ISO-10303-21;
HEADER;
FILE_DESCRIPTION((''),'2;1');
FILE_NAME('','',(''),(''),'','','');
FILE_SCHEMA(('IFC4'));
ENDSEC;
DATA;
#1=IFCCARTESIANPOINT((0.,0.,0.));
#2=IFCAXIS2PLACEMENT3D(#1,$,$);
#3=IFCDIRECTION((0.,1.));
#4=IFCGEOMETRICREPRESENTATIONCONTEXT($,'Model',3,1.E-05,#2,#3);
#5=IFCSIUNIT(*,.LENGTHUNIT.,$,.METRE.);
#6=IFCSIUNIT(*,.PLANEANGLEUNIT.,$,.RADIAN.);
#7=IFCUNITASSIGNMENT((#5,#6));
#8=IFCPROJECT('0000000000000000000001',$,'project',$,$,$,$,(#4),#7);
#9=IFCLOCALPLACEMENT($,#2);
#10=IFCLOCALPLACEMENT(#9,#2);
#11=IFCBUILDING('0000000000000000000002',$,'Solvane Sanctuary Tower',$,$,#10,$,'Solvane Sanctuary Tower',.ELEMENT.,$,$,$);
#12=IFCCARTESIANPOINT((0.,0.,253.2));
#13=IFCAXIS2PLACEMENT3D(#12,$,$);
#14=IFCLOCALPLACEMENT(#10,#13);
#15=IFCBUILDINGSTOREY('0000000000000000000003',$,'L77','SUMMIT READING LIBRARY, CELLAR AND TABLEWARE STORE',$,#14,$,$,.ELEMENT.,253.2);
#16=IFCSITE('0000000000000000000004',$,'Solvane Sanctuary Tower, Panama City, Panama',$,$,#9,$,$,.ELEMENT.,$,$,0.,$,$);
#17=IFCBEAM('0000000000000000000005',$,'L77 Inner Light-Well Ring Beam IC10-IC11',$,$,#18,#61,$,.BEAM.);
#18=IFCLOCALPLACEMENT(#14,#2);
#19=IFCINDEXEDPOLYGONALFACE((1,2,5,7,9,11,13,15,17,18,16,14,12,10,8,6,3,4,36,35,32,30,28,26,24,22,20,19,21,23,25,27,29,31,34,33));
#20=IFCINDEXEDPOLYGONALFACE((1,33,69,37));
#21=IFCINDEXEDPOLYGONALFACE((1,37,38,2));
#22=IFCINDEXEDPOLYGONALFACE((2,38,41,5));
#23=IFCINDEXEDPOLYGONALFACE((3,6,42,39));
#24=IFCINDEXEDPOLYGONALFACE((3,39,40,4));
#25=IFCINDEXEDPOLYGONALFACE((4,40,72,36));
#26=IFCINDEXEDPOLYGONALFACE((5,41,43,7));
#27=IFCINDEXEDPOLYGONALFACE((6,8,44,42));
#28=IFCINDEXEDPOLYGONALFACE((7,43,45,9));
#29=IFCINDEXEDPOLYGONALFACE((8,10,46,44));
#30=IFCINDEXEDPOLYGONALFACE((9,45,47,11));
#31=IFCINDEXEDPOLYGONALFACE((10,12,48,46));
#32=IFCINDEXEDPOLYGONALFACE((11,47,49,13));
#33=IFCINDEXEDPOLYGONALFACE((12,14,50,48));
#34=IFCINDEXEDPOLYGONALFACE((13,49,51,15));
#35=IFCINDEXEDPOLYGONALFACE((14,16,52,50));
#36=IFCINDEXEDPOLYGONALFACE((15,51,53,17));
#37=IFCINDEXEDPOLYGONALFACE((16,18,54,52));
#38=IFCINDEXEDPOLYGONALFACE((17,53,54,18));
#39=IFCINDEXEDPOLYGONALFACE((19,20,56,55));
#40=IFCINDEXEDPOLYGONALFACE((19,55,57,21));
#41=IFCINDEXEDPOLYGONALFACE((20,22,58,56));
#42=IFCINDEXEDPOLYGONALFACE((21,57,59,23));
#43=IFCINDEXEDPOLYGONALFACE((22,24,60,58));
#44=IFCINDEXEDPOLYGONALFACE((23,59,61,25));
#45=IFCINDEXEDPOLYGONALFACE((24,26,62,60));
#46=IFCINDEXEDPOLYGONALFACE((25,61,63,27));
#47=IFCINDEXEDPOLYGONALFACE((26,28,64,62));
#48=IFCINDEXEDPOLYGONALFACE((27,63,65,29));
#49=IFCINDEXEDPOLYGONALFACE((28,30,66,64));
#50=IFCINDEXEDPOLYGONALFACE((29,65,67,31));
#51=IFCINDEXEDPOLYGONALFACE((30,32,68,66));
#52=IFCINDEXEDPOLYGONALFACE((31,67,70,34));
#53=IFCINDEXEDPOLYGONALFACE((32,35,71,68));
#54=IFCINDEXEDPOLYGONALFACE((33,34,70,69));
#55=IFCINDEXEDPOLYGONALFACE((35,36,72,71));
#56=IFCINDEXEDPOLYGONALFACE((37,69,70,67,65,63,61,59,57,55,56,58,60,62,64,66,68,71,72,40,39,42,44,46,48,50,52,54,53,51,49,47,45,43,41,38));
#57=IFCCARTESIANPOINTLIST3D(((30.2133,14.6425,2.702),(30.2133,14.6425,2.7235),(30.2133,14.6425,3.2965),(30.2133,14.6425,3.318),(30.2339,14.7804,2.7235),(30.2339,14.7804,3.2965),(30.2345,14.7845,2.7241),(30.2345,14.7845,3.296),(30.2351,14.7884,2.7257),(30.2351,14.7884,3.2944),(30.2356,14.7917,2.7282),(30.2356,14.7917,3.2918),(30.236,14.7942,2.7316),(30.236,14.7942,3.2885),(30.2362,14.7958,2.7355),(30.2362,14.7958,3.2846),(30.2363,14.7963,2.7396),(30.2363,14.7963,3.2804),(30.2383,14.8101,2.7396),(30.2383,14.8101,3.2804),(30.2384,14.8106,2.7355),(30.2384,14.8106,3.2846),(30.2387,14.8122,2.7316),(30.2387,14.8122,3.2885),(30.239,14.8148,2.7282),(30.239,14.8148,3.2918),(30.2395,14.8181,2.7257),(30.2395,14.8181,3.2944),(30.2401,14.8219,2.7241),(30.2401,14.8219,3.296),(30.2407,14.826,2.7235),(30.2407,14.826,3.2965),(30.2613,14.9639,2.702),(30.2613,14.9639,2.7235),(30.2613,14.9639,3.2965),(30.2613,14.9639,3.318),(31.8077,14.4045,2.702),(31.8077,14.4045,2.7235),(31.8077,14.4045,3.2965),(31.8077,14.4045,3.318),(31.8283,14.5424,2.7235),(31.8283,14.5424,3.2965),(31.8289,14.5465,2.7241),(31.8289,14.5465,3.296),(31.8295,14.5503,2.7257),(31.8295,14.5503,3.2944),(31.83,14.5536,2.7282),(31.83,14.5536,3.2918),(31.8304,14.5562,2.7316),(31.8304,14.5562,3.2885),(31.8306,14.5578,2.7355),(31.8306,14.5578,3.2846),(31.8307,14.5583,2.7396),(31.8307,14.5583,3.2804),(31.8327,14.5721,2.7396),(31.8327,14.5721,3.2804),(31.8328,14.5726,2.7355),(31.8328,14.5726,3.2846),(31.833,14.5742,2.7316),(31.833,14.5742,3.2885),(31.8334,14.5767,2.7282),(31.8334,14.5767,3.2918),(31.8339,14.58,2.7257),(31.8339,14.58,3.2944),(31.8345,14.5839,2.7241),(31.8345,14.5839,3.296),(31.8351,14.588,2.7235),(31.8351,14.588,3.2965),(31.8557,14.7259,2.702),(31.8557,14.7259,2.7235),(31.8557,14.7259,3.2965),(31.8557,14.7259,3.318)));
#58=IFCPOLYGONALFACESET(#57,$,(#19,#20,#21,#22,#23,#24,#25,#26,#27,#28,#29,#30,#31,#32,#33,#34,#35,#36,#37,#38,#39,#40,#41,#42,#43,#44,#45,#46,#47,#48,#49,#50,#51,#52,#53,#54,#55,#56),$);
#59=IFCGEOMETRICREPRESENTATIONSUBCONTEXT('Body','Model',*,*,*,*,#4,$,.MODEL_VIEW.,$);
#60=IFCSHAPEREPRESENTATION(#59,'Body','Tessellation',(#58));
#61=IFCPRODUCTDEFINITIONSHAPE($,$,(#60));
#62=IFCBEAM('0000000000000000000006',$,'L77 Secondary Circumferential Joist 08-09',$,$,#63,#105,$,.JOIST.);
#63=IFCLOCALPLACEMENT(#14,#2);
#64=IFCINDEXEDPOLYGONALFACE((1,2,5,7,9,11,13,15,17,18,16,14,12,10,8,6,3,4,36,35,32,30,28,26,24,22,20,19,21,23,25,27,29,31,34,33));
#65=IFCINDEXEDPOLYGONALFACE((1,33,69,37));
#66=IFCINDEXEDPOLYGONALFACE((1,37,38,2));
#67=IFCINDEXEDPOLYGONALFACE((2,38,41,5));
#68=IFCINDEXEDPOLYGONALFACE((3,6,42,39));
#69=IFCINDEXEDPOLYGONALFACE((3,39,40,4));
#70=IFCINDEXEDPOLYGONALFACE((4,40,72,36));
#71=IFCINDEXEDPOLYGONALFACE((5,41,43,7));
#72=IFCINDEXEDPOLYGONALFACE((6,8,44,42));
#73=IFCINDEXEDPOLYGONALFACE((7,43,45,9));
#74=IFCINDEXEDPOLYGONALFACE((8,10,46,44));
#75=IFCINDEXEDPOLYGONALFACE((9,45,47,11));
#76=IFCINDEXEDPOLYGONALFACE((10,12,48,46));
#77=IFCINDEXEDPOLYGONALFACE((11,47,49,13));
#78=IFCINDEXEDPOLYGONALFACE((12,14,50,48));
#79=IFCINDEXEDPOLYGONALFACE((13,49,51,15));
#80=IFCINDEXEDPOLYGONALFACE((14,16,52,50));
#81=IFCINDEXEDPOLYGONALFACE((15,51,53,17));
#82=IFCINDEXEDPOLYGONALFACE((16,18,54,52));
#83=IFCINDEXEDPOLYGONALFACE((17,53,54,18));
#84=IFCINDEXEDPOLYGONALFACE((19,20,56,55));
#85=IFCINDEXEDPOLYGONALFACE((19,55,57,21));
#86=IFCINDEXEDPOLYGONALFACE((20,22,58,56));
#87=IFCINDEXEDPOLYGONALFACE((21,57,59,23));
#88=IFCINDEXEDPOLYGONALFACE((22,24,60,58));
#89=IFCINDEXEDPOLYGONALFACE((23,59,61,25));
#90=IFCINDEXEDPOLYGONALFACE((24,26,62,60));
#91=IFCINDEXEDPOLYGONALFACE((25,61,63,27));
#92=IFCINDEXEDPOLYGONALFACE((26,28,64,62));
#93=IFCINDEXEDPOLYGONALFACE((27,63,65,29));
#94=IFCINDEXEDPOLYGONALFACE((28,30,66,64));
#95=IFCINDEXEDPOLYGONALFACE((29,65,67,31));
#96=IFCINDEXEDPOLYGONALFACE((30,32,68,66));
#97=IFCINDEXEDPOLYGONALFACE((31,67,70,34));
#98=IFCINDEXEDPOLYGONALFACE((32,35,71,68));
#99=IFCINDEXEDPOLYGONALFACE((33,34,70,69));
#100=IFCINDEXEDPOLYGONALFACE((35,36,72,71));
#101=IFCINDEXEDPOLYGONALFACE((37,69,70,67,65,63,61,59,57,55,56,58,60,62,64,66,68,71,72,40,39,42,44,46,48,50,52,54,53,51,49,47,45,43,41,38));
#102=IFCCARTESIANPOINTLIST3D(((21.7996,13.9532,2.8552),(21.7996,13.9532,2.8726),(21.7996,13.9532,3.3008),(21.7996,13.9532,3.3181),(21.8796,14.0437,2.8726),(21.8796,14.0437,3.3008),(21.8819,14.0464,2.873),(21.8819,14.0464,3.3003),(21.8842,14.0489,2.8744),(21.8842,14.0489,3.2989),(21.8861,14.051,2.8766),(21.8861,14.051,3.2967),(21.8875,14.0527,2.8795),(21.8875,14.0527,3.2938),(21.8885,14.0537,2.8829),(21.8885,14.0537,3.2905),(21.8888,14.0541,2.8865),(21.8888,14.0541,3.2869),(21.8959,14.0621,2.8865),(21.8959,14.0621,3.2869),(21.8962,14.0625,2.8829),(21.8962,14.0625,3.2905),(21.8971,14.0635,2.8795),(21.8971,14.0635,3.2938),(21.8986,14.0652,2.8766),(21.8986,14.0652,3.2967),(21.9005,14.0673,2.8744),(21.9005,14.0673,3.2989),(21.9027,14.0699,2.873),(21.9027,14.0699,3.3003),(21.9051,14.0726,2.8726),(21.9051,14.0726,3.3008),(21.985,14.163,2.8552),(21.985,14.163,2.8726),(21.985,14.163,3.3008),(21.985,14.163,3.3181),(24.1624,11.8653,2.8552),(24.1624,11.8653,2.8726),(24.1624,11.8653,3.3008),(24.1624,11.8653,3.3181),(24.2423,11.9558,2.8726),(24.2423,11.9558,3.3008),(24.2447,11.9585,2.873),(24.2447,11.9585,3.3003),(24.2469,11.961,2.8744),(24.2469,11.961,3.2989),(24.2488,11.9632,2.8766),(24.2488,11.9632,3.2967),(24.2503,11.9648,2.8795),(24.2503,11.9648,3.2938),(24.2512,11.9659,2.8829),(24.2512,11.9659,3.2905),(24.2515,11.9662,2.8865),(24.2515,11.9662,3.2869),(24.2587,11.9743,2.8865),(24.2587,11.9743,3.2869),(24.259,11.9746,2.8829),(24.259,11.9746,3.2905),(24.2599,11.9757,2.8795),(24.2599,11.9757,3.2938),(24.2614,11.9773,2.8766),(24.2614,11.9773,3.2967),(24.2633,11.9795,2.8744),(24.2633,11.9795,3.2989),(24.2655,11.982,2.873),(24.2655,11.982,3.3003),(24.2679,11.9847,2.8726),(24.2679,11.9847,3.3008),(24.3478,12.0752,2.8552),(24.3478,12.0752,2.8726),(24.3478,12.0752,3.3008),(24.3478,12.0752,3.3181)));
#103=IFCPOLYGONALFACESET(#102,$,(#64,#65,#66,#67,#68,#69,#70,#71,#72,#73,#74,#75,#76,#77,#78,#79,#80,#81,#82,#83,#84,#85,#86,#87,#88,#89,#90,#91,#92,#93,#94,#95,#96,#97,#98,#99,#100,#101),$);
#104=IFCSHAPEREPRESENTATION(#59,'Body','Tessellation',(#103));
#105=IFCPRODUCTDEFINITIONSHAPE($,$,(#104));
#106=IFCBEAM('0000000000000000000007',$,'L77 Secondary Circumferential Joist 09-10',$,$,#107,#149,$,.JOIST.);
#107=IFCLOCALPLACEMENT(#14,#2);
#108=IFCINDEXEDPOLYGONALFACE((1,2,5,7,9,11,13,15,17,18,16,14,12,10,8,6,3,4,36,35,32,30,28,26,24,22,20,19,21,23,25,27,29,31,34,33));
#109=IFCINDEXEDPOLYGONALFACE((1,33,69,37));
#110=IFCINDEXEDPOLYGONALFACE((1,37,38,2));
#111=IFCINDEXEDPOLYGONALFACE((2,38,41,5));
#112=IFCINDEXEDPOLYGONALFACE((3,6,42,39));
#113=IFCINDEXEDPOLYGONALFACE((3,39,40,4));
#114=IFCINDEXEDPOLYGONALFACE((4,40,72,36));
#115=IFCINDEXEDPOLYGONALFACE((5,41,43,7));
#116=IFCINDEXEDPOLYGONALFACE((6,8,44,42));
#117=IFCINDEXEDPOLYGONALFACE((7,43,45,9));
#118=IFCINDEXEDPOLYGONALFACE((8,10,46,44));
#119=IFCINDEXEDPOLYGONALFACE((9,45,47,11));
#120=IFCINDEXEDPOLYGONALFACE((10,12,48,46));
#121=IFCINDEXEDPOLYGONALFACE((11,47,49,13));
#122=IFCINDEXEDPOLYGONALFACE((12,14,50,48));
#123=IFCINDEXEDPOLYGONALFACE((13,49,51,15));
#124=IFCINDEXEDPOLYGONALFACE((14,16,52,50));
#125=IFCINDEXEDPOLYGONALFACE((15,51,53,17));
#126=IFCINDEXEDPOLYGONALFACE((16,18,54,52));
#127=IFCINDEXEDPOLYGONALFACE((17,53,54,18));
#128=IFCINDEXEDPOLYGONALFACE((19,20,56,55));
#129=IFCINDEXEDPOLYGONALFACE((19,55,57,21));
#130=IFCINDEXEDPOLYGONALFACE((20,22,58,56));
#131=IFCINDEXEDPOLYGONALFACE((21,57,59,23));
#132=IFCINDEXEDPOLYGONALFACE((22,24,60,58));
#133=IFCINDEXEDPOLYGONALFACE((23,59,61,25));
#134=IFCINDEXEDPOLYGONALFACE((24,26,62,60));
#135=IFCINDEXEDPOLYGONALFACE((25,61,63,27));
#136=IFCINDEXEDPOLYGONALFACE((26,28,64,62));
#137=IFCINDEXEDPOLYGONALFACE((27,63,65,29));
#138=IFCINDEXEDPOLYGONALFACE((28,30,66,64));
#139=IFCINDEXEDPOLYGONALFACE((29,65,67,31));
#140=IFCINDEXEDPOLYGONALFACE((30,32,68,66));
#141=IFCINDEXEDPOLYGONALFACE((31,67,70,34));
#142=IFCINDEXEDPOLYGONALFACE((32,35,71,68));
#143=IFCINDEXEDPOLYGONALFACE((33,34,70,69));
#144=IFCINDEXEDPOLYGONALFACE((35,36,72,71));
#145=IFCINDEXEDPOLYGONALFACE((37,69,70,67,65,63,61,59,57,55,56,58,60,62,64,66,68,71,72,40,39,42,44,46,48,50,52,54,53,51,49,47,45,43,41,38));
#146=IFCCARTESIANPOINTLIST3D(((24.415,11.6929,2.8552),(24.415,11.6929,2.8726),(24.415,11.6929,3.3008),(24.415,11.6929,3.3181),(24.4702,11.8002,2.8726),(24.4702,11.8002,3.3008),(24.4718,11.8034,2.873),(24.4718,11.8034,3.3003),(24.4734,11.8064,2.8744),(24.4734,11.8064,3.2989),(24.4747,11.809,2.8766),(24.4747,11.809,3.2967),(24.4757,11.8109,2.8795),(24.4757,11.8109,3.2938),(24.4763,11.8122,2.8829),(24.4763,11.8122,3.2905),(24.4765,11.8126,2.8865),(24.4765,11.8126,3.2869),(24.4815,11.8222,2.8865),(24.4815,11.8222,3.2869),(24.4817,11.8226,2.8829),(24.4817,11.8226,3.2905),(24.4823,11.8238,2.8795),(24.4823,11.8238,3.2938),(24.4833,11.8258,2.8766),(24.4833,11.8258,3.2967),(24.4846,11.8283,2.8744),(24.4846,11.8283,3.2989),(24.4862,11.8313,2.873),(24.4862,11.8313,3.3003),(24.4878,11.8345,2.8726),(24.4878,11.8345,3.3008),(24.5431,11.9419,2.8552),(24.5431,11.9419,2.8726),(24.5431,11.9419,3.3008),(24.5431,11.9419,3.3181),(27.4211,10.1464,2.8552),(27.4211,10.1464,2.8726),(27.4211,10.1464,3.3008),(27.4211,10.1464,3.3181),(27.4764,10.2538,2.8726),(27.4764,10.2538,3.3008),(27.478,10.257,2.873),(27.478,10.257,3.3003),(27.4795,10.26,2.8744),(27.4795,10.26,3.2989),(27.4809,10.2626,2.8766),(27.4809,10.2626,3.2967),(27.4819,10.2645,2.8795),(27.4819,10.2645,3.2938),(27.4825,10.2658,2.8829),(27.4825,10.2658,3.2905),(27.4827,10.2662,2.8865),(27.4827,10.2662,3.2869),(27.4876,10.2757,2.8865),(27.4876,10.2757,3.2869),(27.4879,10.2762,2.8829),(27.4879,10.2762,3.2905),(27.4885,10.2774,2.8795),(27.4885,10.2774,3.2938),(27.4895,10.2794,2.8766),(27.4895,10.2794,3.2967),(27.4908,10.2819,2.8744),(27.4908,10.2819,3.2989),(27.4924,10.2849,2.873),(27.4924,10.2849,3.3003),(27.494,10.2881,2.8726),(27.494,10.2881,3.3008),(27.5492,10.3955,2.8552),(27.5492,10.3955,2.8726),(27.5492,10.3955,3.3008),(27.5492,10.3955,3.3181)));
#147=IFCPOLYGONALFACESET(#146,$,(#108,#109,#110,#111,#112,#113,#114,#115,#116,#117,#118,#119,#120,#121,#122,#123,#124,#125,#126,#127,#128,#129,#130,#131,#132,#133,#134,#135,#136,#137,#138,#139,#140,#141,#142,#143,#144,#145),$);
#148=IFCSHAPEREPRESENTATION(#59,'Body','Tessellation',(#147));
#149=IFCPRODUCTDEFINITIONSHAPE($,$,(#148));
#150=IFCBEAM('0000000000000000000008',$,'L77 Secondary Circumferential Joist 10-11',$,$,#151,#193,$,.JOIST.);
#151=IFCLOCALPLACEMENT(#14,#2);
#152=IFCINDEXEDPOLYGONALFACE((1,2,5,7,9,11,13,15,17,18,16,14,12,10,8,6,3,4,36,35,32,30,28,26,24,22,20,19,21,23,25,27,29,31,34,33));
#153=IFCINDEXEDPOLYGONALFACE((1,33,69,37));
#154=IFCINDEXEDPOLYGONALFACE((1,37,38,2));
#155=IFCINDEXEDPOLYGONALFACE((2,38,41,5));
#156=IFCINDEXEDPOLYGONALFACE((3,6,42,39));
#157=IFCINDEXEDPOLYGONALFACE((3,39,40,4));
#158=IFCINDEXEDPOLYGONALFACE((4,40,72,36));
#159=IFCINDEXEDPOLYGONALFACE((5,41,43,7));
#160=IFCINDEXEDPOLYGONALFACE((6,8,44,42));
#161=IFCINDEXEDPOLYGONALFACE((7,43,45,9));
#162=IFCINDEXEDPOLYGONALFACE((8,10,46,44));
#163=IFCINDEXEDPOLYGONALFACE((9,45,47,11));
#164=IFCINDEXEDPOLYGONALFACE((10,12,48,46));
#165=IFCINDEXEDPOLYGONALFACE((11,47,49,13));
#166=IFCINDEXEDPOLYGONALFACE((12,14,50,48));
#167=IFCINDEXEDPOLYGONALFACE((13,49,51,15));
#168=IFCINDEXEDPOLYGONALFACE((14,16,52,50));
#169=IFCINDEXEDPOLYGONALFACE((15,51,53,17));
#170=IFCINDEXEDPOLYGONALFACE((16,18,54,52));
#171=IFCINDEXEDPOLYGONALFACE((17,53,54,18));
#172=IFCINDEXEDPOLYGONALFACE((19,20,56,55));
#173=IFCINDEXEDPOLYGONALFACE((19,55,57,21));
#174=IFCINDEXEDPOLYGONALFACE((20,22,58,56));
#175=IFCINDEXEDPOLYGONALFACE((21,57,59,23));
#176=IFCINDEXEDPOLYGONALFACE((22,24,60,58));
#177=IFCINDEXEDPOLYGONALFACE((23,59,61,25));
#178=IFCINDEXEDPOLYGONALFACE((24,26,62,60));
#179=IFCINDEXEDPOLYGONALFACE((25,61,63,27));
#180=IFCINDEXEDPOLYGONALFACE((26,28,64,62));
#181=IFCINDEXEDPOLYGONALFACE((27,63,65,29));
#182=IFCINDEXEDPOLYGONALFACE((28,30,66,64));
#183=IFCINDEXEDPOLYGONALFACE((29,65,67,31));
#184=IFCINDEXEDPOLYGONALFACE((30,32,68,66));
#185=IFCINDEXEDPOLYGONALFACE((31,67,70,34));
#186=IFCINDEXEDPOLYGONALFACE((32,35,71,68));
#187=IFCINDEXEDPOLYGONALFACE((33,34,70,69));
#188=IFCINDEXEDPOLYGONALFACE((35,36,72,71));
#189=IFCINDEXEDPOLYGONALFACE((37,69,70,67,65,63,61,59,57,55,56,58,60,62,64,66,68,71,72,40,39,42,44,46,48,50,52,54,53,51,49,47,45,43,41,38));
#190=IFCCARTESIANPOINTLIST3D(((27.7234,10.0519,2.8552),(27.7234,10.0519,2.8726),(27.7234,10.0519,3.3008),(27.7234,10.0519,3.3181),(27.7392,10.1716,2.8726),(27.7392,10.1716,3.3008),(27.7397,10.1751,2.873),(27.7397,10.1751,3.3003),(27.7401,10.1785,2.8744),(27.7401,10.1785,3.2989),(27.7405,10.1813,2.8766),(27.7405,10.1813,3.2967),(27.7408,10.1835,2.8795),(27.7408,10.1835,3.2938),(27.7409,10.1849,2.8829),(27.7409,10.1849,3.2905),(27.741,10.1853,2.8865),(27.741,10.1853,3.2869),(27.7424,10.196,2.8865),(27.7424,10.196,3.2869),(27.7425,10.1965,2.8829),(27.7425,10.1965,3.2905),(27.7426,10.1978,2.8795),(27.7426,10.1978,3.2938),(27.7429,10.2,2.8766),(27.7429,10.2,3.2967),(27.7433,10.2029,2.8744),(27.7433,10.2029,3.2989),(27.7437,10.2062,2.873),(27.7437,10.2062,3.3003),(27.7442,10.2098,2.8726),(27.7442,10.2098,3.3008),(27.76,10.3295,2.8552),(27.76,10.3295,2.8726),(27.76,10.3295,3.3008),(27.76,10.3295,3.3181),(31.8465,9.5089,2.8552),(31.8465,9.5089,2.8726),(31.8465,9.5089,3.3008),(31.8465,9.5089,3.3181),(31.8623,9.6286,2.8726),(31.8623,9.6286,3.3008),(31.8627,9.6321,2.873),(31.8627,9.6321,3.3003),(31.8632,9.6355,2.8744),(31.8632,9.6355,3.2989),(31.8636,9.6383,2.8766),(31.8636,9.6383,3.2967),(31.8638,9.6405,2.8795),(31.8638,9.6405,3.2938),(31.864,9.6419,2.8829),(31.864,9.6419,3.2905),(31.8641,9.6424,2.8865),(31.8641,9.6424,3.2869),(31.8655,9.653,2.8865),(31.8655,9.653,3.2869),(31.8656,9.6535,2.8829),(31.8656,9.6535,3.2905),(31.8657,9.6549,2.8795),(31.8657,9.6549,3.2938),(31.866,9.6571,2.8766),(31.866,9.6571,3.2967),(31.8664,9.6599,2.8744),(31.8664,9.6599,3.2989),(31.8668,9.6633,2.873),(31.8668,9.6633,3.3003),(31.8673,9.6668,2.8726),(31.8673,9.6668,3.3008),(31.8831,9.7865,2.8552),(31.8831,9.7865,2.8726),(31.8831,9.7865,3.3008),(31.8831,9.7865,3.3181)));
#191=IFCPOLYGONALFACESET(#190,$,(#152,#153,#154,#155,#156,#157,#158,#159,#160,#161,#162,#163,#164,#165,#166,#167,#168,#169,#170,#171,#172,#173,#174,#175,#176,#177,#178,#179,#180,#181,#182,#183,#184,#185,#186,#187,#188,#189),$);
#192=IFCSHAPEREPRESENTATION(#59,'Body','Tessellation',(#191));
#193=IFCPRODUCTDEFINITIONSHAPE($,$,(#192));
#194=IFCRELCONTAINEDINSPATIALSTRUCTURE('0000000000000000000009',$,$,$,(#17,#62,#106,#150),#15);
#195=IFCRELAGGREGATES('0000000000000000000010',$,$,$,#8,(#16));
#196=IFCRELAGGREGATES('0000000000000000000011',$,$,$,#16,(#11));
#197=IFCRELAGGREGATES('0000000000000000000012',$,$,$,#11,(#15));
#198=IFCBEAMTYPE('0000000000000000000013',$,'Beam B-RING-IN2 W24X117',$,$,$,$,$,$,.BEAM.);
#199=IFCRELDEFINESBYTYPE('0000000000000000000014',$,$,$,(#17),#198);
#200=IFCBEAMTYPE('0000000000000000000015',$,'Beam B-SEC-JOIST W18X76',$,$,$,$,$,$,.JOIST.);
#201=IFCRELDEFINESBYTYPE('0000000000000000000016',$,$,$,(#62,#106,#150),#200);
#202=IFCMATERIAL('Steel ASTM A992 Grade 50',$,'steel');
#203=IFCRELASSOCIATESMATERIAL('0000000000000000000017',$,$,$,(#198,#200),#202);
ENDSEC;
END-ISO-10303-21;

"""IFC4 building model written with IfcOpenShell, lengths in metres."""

from ifc_helpers import new_model, si_unit, direction, frame, origin, origin_2d, place, context, subcontext, project, spatial, i_section, extrude, material, material_profile, profile_set, type_object, element, save


model = new_model("IFC4")

# Units and contexts
model_context = context("Model", 3, precision=1e-05, world=origin(), true_north=direction((0.0, 1.0)))
body_context = subcontext(model_context, "Body", "Model", "MODEL_VIEW")
ifc_project = project(units=[si_unit("LENGTHUNIT", "METRE"), si_unit("PLANEANGLEUNIT", "RADIAN")], contexts=[model_context])

# Site, building, storey
site_placement = place(None, origin())
site = spatial("IfcSite", under=ifc_project, at=site_placement, Name="Solvane Sanctuary Tower, Panama City, Panama", CompositionType="ELEMENT", RefElevation=0.0)
building_placement = place(site_placement, origin())
building = spatial("IfcBuilding", under=site, at=building_placement, Name="Solvane Sanctuary Tower", LongName="Solvane Sanctuary Tower", CompositionType="ELEMENT")
storey_placement = place(building_placement, frame((0.0, 0.0, 253.2)))
storey = spatial("IfcBuildingStorey", under=building, at=storey_placement, Name="L77", Description="SUMMIT READING LIBRARY, CELLAR AND TABLEWARE STORE", CompositionType="ELEMENT", Elevation=253.2)

# Beams
ifc_material_1 = material(Name="Steel ASTM A992 Grade 50", Category="steel")
ifc_material_profile_1 = material_profile(ifc_material_1, i_section(OverallWidth=0.325, OverallDepth=0.616, WebThickness=0.0139, FlangeThickness=0.0215, FilletRadius=0.0161, at=origin_2d()), Name="W24X117")
ifc_profile_set_1 = profile_set([ifc_material_profile_1], Name="Steel ASTM A992 Grade 50")
beam_type_1 = type_object("IfcBeamType", Name="Beam B-RING-IN2 W24X117", PredefinedType="BEAM", material=ifc_profile_set_1)
beam_1_placement = place(storey_placement, frame((30.2373, 14.8032, 3.01), z_axis=(0.989039, -0.147652, 0.0), x_axis=(0.147652, 0.989039, 0.0)))
element("IfcBeam", 1, at=beam_1_placement, inside=storey, type_object=beam_type_1, Name="L77 Inner Light-Well Ring Beam IC10-IC11", PredefinedType="BEAM", context=body_context, shape_type="SweptSolid", body=[
    extrude(i_section(OverallWidth=0.325, OverallDepth=0.616, WebThickness=0.0139, FlangeThickness=0.0215, FilletRadius=0.0161, at=origin_2d()), origin(), (0.0, 0.0, 1.0), 1.6121),
])
ifc_material_profile_2 = material_profile(ifc_material_1, i_section(OverallWidth=0.28, OverallDepth=0.4629, WebThickness=0.0107, FlangeThickness=0.0173, FilletRadius=0.0139, at=origin_2d()), Name="W18X76")
ifc_profile_set_2 = profile_set([ifc_material_profile_2], Name="Steel ASTM A992 Grade 50")
beam_type_2 = type_object("IfcBeamType", Name="Beam B-SEC-JOIST W18X76", PredefinedType="JOIST", material=ifc_profile_set_2)
beam_2_placement = place(storey_placement, frame((21.8923, 14.0581, 3.0867), z_axis=(0.749354, -0.662169, 0.0), x_axis=(0.662169, 0.749354, 0.0)))
element("IfcBeam", 2, at=beam_2_placement, inside=storey, type_object=beam_type_2, Name="L77 Secondary Circumferential Joist 08-09", PredefinedType="JOIST", context=body_context, shape_type="SweptSolid", body=[
    extrude(i_section(OverallWidth=0.28, OverallDepth=0.4629, WebThickness=0.0107, FlangeThickness=0.0173, FilletRadius=0.0139, at=origin_2d()), origin(), (0.0, 0.0, 1.0), 3.1531),
])
beam_3_placement = place(storey_placement, frame((24.479, 11.8174, 3.0867), z_axis=(0.889241, -0.457439, 0.0), x_axis=(0.457439, 0.889241, 0.0)))
element("IfcBeam", 3, at=beam_3_placement, inside=storey, type_object=beam_type_2, Name="L77 Secondary Circumferential Joist 09-10", PredefinedType="JOIST", context=body_context, shape_type="SweptSolid", body=[
    extrude(i_section(OverallWidth=0.28, OverallDepth=0.4629, WebThickness=0.0107, FlangeThickness=0.0173, FilletRadius=0.0139, at=origin_2d()), origin(), (0.0, 0.0, 1.0), 3.3806),
])
beam_4_placement = place(storey_placement, frame((27.7417, 10.1907, 3.0867), z_axis=(0.99144, -0.130564, 0.0), x_axis=(0.130564, 0.99144, 0.0)))
element("IfcBeam", 4, at=beam_4_placement, inside=storey, type_object=beam_type_2, Name="L77 Secondary Circumferential Joist 10-11", PredefinedType="JOIST", context=body_context, shape_type="SweptSolid", body=[
    extrude(i_section(OverallWidth=0.28, OverallDepth=0.4629, WebThickness=0.0107, FlangeThickness=0.0173, FilletRadius=0.0139, at=origin_2d()), origin(), (0.0, 0.0, 1.0), 4.1587),
])

save(model, "model.ifc")
